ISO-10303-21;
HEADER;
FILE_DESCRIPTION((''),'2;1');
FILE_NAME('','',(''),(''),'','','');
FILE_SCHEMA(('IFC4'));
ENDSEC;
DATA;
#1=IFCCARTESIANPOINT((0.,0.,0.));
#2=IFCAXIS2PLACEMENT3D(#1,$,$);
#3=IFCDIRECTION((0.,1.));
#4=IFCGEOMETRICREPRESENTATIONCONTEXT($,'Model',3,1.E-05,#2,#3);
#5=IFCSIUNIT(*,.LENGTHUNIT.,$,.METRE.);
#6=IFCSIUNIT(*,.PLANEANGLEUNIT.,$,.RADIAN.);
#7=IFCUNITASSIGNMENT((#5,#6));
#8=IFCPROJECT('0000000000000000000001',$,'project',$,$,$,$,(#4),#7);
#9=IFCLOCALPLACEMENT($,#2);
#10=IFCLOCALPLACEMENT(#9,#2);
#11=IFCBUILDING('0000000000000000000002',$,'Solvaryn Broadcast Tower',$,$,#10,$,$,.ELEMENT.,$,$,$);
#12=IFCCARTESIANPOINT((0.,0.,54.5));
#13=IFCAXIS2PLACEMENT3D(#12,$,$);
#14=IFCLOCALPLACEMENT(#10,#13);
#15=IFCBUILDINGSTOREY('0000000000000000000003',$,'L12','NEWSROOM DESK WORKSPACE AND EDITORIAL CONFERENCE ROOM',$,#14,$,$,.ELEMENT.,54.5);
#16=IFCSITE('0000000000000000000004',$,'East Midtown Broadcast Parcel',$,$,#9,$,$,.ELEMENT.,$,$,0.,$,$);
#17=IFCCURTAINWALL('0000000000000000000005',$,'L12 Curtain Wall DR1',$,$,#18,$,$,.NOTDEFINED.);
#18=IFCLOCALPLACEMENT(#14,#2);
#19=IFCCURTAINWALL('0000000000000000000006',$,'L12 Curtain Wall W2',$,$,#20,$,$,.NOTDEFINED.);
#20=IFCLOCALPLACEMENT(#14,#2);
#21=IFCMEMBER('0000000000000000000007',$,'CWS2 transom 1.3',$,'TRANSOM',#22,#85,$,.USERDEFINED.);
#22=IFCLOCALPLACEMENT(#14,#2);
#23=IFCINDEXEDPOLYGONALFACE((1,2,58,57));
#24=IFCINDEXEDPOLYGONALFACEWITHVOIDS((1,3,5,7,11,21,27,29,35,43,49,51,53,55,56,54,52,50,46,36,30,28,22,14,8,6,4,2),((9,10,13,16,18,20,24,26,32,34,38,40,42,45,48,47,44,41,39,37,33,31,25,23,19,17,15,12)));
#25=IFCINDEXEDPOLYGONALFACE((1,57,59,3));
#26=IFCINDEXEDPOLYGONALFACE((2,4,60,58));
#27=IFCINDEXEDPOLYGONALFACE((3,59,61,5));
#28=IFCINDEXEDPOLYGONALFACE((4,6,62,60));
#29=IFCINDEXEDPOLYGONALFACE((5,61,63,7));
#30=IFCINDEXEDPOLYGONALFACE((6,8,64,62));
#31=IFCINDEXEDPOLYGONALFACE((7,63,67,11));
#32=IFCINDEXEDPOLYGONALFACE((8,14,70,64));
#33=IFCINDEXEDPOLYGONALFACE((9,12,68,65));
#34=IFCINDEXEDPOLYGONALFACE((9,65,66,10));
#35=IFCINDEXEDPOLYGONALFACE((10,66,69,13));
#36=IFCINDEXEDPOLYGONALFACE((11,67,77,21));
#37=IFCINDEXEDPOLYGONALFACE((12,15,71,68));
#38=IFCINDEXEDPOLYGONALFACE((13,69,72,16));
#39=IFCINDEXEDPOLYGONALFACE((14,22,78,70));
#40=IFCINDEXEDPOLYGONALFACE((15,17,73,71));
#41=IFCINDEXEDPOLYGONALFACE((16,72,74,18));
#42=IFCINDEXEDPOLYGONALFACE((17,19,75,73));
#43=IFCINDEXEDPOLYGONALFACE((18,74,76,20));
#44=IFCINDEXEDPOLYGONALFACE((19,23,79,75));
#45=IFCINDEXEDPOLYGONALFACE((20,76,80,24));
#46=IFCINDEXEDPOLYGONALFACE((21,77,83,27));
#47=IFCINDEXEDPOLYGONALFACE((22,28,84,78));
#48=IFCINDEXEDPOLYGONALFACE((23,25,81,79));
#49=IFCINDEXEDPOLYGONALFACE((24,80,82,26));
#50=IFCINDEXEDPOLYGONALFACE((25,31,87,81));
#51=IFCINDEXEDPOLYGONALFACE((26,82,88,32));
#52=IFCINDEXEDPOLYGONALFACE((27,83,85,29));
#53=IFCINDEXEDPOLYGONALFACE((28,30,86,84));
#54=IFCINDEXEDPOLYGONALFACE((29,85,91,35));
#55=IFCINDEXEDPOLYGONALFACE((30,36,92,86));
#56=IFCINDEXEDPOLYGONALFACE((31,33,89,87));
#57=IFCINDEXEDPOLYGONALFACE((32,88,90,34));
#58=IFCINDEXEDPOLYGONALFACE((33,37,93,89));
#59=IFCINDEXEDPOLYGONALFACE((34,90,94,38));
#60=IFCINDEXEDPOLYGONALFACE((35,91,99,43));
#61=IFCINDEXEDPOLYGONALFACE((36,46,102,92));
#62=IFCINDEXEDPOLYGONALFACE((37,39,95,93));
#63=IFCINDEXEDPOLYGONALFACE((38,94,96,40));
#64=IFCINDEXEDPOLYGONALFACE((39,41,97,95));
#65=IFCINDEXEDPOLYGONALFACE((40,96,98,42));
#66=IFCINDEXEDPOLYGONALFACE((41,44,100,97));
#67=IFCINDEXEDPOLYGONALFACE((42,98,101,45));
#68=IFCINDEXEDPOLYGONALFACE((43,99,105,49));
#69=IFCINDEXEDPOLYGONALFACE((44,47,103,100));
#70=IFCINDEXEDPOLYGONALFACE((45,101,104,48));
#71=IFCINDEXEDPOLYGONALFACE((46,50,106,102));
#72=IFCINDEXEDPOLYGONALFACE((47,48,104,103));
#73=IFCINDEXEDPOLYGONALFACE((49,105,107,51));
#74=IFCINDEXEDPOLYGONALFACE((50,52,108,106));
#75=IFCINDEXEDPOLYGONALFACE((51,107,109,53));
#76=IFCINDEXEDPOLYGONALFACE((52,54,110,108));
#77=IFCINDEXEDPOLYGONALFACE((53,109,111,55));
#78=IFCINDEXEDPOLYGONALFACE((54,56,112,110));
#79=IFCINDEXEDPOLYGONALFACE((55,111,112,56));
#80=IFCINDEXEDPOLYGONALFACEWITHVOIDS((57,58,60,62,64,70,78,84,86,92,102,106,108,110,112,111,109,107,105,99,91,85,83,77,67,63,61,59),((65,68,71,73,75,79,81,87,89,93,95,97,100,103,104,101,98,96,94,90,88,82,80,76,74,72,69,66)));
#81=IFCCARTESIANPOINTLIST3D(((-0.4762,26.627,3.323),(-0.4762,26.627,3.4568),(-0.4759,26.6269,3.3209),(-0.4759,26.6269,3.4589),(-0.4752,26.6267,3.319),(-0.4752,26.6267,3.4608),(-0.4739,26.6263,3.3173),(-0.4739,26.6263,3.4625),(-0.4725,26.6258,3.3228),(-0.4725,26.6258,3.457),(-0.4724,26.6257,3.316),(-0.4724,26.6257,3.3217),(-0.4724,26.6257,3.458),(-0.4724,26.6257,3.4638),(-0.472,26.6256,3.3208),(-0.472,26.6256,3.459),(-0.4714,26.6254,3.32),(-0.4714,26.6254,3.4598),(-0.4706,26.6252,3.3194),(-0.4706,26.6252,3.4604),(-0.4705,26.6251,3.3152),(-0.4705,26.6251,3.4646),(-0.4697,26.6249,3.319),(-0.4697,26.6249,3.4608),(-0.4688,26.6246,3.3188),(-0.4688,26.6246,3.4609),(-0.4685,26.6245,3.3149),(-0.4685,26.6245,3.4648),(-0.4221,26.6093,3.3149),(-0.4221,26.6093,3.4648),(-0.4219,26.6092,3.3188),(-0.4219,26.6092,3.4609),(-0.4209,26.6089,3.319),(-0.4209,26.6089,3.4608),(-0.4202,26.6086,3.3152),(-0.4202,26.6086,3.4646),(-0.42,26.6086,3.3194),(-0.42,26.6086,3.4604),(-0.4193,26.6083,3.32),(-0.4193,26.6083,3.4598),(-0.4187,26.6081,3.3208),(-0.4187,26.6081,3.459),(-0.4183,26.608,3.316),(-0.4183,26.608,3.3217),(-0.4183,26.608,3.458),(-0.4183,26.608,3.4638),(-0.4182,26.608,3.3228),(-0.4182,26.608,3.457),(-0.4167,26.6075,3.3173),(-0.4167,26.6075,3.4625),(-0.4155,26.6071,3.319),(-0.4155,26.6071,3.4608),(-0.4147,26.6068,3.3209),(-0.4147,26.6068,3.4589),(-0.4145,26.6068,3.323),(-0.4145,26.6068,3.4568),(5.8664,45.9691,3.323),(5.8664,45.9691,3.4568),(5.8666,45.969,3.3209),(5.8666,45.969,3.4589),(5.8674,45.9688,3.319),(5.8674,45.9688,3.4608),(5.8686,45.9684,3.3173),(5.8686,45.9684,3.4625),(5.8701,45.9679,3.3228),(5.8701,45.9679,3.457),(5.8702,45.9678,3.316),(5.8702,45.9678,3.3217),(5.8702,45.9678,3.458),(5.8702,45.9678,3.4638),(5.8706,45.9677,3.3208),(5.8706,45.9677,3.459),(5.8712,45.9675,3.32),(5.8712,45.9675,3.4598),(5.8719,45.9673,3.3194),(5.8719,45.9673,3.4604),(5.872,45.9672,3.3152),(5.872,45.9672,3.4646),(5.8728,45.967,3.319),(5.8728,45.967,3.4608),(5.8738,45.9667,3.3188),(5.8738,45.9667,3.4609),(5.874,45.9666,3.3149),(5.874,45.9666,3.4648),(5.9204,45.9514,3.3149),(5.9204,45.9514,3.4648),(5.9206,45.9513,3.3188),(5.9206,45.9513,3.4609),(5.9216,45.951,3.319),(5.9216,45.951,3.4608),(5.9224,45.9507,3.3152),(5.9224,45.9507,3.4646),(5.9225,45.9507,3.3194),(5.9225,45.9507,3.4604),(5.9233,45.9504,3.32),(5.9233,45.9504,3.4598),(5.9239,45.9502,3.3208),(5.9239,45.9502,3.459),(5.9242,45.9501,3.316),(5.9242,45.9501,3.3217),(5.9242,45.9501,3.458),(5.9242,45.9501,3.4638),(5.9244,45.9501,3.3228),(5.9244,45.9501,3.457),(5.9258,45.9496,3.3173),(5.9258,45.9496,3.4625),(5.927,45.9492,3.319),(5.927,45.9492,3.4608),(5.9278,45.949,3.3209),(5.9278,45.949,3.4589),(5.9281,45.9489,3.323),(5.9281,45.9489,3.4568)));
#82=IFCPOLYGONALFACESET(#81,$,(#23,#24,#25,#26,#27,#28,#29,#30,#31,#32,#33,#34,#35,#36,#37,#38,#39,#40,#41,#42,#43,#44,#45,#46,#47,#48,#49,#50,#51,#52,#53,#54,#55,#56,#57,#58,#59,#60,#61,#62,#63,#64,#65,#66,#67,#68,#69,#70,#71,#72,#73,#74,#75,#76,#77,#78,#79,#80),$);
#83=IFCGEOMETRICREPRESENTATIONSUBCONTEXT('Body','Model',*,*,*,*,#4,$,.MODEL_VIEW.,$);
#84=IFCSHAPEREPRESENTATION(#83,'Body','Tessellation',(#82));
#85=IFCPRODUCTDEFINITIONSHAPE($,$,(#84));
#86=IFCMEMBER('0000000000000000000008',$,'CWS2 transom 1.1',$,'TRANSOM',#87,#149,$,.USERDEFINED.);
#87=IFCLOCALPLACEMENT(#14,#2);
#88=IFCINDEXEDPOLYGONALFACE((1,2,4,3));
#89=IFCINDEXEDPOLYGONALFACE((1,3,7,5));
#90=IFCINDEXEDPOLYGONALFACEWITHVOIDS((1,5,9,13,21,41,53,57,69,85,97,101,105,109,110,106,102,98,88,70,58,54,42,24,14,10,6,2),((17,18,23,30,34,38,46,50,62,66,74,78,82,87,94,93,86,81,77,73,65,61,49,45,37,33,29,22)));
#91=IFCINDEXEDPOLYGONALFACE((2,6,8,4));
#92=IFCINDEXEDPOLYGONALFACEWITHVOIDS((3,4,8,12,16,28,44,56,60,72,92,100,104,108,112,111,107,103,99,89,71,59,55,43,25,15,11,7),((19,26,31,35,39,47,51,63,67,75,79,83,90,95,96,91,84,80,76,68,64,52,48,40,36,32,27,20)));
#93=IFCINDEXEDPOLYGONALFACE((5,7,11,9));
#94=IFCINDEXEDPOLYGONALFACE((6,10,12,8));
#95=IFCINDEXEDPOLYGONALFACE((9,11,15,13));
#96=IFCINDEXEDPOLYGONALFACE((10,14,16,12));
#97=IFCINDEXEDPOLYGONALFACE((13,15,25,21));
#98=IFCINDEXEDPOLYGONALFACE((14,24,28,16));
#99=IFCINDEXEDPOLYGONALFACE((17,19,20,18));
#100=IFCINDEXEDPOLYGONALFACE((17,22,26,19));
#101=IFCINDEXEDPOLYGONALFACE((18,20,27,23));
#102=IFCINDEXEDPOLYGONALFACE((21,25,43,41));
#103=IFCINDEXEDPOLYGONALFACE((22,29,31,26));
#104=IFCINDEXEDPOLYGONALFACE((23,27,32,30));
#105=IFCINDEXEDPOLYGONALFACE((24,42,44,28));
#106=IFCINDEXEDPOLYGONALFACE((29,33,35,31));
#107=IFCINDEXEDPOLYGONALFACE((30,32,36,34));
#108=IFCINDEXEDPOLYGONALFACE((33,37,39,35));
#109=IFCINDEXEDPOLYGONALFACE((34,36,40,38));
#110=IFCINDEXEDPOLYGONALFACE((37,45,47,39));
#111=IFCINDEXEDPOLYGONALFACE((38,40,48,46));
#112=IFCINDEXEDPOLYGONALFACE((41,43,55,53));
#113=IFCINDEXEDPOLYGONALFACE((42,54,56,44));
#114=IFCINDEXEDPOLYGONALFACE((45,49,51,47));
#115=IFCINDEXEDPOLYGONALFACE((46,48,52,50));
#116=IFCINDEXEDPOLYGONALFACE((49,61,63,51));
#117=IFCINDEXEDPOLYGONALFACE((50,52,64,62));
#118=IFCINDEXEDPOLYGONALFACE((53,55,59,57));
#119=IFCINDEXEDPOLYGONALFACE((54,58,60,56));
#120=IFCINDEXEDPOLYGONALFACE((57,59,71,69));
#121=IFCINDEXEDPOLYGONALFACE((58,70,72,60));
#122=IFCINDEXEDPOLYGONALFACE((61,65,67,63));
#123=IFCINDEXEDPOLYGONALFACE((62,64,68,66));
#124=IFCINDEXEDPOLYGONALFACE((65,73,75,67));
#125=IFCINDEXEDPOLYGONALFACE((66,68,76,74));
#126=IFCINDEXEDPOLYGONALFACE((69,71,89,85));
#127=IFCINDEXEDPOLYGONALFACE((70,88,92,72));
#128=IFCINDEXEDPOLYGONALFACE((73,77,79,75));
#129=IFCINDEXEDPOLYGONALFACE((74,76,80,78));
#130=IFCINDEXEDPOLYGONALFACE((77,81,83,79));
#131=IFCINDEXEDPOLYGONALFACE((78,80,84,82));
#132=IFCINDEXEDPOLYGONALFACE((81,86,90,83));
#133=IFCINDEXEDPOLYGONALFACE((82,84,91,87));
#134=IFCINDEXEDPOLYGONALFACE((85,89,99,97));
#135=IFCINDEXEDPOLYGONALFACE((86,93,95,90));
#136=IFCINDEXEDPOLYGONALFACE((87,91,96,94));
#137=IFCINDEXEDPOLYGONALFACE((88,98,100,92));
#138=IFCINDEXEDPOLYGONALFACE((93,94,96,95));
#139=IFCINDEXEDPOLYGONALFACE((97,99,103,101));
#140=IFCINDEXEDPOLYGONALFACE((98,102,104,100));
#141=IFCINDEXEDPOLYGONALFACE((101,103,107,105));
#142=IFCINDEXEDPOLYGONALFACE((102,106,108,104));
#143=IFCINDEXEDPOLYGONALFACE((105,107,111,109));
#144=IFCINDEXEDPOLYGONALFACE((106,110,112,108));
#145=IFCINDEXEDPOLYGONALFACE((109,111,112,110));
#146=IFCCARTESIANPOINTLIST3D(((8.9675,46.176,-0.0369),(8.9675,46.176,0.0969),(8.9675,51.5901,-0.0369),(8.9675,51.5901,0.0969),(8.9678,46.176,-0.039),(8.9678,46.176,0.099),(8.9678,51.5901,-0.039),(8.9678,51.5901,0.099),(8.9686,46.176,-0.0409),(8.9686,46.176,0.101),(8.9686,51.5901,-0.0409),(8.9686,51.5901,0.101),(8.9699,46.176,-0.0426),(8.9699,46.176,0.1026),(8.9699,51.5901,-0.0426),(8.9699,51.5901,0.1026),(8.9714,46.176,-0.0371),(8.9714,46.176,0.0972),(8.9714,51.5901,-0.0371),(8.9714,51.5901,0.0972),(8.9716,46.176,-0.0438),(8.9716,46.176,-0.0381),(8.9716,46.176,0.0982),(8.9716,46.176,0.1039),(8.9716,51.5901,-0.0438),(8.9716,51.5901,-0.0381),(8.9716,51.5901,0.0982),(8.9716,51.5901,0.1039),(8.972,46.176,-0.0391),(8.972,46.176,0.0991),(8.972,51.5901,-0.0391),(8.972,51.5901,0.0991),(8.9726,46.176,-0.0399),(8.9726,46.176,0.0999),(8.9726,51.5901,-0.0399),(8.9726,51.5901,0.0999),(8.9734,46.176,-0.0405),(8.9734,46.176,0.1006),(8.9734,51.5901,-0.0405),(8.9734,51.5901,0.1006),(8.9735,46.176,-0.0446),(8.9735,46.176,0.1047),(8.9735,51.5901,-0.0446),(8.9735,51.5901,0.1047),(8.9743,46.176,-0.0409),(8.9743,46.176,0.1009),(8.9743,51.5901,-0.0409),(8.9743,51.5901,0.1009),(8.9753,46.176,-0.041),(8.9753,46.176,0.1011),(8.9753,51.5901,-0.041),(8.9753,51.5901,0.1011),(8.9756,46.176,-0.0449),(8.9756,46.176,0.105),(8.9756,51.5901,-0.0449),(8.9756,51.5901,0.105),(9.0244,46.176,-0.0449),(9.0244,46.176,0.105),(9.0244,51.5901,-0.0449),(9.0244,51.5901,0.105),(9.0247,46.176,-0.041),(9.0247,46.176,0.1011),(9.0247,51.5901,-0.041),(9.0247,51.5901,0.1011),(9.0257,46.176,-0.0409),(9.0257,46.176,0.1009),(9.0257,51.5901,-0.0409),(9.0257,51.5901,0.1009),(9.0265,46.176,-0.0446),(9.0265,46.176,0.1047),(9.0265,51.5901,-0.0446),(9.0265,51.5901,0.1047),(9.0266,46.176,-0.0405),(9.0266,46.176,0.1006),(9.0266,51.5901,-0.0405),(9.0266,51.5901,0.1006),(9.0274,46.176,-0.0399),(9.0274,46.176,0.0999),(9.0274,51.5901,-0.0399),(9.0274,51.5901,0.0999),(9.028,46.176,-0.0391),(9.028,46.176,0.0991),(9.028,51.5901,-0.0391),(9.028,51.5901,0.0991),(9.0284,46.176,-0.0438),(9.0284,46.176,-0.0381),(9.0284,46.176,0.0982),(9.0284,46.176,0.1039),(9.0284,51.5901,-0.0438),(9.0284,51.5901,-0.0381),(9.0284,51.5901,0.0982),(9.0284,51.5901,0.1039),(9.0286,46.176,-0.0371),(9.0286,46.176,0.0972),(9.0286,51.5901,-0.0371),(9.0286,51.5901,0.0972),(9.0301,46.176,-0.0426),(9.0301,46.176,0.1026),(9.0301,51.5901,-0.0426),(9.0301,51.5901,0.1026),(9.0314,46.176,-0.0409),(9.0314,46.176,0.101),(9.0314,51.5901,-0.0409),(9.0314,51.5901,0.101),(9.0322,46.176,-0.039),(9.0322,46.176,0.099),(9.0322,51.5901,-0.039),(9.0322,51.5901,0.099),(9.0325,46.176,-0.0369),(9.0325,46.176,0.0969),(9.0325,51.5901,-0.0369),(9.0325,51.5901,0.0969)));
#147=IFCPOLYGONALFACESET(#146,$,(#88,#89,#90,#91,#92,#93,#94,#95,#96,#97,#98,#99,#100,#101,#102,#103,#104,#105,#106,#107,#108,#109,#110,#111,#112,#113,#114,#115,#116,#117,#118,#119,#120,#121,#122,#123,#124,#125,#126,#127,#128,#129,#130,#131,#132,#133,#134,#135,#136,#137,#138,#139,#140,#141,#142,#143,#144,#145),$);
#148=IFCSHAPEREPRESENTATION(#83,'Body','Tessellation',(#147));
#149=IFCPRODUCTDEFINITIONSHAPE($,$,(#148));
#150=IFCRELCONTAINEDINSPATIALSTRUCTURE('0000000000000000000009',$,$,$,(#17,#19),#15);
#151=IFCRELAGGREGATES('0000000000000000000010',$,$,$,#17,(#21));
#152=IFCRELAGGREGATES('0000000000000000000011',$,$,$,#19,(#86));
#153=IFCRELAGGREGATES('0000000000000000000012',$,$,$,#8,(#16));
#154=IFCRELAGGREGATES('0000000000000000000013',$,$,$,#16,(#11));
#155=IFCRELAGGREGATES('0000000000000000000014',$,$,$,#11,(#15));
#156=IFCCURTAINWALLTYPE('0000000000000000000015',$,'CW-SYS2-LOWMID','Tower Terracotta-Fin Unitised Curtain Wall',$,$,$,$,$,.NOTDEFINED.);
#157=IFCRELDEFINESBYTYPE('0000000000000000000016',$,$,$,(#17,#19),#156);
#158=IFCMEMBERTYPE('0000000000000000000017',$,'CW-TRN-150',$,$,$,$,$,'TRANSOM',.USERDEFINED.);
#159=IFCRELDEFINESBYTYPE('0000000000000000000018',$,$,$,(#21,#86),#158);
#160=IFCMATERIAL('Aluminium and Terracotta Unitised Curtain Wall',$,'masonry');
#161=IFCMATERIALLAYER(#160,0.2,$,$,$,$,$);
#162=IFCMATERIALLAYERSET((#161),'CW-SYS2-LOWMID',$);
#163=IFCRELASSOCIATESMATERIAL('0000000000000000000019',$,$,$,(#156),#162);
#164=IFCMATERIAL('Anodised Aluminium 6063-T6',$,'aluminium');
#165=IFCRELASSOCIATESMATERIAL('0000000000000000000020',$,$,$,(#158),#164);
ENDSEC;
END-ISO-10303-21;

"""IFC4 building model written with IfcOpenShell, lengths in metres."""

from ifc_helpers import new_model, si_unit, direction, frame, origin, origin_2d, place, context, subcontext, project, spatial, hollow_rectangle, extrude, material, layer, layer_set, material_profile, profile_set, type_object, element, aggregate, save


model = new_model("IFC4")

# Units and contexts
model_context = context("Model", 3, precision=1e-05, world=origin(), true_north=direction((0.0, 1.0)))
body_context = subcontext(model_context, "Body", "Model", "MODEL_VIEW")
ifc_project = project(units=[si_unit("LENGTHUNIT", "METRE"), si_unit("PLANEANGLEUNIT", "RADIAN")], contexts=[model_context])

# Site, building, storey
site_placement = place(None, origin())
site = spatial("IfcSite", under=ifc_project, at=site_placement, Name="East Midtown Broadcast Parcel", CompositionType="ELEMENT", RefElevation=0.0)
building_placement = place(site_placement, origin())
building = spatial("IfcBuilding", under=site, at=building_placement, Name="Solvaryn Broadcast Tower", CompositionType="ELEMENT")
storey_placement = place(building_placement, frame((0.0, 0.0, 54.5)))
storey = spatial("IfcBuildingStorey", under=building, at=storey_placement, Name="L12", Description="NEWSROOM DESK WORKSPACE AND EDITORIAL CONFERENCE ROOM", CompositionType="ELEMENT", Elevation=54.5)

# Curtain wall
ifc_material_1 = material(Name="Aluminium and Terracotta Unitised Curtain Wall", Category="masonry")
ifc_layer_1 = layer(ifc_material_1, 0.2)
ifc_layer_set_1 = layer_set([ifc_layer_1], Name="CW-SYS2-LOWMID")
curtain_wall_type = type_object("IfcCurtainWallType", Name="CW-SYS2-LOWMID", Description="Tower Terracotta-Fin Unitised Curtain Wall", PredefinedType="NOTDEFINED", material=ifc_layer_set_1)
curtain_wall_1_placement = place(storey_placement, origin())
curtain_wall_1 = element("IfcCurtainWall", 1, at=curtain_wall_1_placement, inside=storey, type_object=curtain_wall_type, Name="L12 Curtain Wall DR1", PredefinedType="NOTDEFINED")

# Curtain wall
curtain_wall_2_placement = place(storey_placement, origin())
curtain_wall_2 = element("IfcCurtainWall", 2, at=curtain_wall_2_placement, inside=storey, type_object=curtain_wall_type, Name="L12 Curtain Wall W2", PredefinedType="NOTDEFINED")

# Members
ifc_material_2 = material(Name="Anodised Aluminium 6063-T6", Category="aluminium")
ifc_material_profile_1 = material_profile(ifc_material_2, hollow_rectangle(XDim=0.0649, YDim=0.1499, WallThickness=0.0039, InnerFilletRadius=0.0039, OuterFilletRadius=0.0081, at=origin_2d()))
ifc_profile_set_1 = profile_set([ifc_material_profile_1], Name="Anodised Aluminium 6063-T6")
member_type_1 = type_object("IfcMemberType", Name="CW-TRN-150", ElementType="TRANSOM", PredefinedType="USERDEFINED", material=ifc_profile_set_1)
member_1_placement = place(storey_placement, frame((5.8972, 45.959, 3.3899), z_axis=(-0.31159, -0.950217, 0.0), x_axis=(0.950217, -0.31159, 0.0)))
member_1 = element("IfcMember", 3, at=member_1_placement, type_object=member_type_1, Name="CWS2 transom 1.3", ObjectType="TRANSOM", PredefinedType="USERDEFINED", context=body_context, shape_type="SweptSolid", body=[
    extrude(hollow_rectangle(XDim=0.0649, YDim=0.1499, WallThickness=0.0039, InnerFilletRadius=0.0039, OuterFilletRadius=0.0081, at=origin_2d()), origin(), (0.0, 0.0, 1.0), 20.3555),
])
aggregate(curtain_wall_1, [member_1])
member_2_placement = place(storey_placement, frame((9.0, 46.176, 0.03), z_axis=(0.0, 1.0, 0.0), x_axis=(-1.0, 0.0, 0.0)))
member_2 = element("IfcMember", 4, at=member_2_placement, type_object=member_type_1, Name="CWS2 transom 1.1", ObjectType="TRANSOM", PredefinedType="USERDEFINED", context=body_context, shape_type="SweptSolid", body=[
    extrude(hollow_rectangle(XDim=0.0649, YDim=0.1499, WallThickness=0.0039, InnerFilletRadius=0.0039, OuterFilletRadius=0.0081, at=origin_2d()), origin(), (0.0, 0.0, 1.0), 5.4141),
])

aggregate(curtain_wall_2, [member_2])

save(model, "model.ifc")
